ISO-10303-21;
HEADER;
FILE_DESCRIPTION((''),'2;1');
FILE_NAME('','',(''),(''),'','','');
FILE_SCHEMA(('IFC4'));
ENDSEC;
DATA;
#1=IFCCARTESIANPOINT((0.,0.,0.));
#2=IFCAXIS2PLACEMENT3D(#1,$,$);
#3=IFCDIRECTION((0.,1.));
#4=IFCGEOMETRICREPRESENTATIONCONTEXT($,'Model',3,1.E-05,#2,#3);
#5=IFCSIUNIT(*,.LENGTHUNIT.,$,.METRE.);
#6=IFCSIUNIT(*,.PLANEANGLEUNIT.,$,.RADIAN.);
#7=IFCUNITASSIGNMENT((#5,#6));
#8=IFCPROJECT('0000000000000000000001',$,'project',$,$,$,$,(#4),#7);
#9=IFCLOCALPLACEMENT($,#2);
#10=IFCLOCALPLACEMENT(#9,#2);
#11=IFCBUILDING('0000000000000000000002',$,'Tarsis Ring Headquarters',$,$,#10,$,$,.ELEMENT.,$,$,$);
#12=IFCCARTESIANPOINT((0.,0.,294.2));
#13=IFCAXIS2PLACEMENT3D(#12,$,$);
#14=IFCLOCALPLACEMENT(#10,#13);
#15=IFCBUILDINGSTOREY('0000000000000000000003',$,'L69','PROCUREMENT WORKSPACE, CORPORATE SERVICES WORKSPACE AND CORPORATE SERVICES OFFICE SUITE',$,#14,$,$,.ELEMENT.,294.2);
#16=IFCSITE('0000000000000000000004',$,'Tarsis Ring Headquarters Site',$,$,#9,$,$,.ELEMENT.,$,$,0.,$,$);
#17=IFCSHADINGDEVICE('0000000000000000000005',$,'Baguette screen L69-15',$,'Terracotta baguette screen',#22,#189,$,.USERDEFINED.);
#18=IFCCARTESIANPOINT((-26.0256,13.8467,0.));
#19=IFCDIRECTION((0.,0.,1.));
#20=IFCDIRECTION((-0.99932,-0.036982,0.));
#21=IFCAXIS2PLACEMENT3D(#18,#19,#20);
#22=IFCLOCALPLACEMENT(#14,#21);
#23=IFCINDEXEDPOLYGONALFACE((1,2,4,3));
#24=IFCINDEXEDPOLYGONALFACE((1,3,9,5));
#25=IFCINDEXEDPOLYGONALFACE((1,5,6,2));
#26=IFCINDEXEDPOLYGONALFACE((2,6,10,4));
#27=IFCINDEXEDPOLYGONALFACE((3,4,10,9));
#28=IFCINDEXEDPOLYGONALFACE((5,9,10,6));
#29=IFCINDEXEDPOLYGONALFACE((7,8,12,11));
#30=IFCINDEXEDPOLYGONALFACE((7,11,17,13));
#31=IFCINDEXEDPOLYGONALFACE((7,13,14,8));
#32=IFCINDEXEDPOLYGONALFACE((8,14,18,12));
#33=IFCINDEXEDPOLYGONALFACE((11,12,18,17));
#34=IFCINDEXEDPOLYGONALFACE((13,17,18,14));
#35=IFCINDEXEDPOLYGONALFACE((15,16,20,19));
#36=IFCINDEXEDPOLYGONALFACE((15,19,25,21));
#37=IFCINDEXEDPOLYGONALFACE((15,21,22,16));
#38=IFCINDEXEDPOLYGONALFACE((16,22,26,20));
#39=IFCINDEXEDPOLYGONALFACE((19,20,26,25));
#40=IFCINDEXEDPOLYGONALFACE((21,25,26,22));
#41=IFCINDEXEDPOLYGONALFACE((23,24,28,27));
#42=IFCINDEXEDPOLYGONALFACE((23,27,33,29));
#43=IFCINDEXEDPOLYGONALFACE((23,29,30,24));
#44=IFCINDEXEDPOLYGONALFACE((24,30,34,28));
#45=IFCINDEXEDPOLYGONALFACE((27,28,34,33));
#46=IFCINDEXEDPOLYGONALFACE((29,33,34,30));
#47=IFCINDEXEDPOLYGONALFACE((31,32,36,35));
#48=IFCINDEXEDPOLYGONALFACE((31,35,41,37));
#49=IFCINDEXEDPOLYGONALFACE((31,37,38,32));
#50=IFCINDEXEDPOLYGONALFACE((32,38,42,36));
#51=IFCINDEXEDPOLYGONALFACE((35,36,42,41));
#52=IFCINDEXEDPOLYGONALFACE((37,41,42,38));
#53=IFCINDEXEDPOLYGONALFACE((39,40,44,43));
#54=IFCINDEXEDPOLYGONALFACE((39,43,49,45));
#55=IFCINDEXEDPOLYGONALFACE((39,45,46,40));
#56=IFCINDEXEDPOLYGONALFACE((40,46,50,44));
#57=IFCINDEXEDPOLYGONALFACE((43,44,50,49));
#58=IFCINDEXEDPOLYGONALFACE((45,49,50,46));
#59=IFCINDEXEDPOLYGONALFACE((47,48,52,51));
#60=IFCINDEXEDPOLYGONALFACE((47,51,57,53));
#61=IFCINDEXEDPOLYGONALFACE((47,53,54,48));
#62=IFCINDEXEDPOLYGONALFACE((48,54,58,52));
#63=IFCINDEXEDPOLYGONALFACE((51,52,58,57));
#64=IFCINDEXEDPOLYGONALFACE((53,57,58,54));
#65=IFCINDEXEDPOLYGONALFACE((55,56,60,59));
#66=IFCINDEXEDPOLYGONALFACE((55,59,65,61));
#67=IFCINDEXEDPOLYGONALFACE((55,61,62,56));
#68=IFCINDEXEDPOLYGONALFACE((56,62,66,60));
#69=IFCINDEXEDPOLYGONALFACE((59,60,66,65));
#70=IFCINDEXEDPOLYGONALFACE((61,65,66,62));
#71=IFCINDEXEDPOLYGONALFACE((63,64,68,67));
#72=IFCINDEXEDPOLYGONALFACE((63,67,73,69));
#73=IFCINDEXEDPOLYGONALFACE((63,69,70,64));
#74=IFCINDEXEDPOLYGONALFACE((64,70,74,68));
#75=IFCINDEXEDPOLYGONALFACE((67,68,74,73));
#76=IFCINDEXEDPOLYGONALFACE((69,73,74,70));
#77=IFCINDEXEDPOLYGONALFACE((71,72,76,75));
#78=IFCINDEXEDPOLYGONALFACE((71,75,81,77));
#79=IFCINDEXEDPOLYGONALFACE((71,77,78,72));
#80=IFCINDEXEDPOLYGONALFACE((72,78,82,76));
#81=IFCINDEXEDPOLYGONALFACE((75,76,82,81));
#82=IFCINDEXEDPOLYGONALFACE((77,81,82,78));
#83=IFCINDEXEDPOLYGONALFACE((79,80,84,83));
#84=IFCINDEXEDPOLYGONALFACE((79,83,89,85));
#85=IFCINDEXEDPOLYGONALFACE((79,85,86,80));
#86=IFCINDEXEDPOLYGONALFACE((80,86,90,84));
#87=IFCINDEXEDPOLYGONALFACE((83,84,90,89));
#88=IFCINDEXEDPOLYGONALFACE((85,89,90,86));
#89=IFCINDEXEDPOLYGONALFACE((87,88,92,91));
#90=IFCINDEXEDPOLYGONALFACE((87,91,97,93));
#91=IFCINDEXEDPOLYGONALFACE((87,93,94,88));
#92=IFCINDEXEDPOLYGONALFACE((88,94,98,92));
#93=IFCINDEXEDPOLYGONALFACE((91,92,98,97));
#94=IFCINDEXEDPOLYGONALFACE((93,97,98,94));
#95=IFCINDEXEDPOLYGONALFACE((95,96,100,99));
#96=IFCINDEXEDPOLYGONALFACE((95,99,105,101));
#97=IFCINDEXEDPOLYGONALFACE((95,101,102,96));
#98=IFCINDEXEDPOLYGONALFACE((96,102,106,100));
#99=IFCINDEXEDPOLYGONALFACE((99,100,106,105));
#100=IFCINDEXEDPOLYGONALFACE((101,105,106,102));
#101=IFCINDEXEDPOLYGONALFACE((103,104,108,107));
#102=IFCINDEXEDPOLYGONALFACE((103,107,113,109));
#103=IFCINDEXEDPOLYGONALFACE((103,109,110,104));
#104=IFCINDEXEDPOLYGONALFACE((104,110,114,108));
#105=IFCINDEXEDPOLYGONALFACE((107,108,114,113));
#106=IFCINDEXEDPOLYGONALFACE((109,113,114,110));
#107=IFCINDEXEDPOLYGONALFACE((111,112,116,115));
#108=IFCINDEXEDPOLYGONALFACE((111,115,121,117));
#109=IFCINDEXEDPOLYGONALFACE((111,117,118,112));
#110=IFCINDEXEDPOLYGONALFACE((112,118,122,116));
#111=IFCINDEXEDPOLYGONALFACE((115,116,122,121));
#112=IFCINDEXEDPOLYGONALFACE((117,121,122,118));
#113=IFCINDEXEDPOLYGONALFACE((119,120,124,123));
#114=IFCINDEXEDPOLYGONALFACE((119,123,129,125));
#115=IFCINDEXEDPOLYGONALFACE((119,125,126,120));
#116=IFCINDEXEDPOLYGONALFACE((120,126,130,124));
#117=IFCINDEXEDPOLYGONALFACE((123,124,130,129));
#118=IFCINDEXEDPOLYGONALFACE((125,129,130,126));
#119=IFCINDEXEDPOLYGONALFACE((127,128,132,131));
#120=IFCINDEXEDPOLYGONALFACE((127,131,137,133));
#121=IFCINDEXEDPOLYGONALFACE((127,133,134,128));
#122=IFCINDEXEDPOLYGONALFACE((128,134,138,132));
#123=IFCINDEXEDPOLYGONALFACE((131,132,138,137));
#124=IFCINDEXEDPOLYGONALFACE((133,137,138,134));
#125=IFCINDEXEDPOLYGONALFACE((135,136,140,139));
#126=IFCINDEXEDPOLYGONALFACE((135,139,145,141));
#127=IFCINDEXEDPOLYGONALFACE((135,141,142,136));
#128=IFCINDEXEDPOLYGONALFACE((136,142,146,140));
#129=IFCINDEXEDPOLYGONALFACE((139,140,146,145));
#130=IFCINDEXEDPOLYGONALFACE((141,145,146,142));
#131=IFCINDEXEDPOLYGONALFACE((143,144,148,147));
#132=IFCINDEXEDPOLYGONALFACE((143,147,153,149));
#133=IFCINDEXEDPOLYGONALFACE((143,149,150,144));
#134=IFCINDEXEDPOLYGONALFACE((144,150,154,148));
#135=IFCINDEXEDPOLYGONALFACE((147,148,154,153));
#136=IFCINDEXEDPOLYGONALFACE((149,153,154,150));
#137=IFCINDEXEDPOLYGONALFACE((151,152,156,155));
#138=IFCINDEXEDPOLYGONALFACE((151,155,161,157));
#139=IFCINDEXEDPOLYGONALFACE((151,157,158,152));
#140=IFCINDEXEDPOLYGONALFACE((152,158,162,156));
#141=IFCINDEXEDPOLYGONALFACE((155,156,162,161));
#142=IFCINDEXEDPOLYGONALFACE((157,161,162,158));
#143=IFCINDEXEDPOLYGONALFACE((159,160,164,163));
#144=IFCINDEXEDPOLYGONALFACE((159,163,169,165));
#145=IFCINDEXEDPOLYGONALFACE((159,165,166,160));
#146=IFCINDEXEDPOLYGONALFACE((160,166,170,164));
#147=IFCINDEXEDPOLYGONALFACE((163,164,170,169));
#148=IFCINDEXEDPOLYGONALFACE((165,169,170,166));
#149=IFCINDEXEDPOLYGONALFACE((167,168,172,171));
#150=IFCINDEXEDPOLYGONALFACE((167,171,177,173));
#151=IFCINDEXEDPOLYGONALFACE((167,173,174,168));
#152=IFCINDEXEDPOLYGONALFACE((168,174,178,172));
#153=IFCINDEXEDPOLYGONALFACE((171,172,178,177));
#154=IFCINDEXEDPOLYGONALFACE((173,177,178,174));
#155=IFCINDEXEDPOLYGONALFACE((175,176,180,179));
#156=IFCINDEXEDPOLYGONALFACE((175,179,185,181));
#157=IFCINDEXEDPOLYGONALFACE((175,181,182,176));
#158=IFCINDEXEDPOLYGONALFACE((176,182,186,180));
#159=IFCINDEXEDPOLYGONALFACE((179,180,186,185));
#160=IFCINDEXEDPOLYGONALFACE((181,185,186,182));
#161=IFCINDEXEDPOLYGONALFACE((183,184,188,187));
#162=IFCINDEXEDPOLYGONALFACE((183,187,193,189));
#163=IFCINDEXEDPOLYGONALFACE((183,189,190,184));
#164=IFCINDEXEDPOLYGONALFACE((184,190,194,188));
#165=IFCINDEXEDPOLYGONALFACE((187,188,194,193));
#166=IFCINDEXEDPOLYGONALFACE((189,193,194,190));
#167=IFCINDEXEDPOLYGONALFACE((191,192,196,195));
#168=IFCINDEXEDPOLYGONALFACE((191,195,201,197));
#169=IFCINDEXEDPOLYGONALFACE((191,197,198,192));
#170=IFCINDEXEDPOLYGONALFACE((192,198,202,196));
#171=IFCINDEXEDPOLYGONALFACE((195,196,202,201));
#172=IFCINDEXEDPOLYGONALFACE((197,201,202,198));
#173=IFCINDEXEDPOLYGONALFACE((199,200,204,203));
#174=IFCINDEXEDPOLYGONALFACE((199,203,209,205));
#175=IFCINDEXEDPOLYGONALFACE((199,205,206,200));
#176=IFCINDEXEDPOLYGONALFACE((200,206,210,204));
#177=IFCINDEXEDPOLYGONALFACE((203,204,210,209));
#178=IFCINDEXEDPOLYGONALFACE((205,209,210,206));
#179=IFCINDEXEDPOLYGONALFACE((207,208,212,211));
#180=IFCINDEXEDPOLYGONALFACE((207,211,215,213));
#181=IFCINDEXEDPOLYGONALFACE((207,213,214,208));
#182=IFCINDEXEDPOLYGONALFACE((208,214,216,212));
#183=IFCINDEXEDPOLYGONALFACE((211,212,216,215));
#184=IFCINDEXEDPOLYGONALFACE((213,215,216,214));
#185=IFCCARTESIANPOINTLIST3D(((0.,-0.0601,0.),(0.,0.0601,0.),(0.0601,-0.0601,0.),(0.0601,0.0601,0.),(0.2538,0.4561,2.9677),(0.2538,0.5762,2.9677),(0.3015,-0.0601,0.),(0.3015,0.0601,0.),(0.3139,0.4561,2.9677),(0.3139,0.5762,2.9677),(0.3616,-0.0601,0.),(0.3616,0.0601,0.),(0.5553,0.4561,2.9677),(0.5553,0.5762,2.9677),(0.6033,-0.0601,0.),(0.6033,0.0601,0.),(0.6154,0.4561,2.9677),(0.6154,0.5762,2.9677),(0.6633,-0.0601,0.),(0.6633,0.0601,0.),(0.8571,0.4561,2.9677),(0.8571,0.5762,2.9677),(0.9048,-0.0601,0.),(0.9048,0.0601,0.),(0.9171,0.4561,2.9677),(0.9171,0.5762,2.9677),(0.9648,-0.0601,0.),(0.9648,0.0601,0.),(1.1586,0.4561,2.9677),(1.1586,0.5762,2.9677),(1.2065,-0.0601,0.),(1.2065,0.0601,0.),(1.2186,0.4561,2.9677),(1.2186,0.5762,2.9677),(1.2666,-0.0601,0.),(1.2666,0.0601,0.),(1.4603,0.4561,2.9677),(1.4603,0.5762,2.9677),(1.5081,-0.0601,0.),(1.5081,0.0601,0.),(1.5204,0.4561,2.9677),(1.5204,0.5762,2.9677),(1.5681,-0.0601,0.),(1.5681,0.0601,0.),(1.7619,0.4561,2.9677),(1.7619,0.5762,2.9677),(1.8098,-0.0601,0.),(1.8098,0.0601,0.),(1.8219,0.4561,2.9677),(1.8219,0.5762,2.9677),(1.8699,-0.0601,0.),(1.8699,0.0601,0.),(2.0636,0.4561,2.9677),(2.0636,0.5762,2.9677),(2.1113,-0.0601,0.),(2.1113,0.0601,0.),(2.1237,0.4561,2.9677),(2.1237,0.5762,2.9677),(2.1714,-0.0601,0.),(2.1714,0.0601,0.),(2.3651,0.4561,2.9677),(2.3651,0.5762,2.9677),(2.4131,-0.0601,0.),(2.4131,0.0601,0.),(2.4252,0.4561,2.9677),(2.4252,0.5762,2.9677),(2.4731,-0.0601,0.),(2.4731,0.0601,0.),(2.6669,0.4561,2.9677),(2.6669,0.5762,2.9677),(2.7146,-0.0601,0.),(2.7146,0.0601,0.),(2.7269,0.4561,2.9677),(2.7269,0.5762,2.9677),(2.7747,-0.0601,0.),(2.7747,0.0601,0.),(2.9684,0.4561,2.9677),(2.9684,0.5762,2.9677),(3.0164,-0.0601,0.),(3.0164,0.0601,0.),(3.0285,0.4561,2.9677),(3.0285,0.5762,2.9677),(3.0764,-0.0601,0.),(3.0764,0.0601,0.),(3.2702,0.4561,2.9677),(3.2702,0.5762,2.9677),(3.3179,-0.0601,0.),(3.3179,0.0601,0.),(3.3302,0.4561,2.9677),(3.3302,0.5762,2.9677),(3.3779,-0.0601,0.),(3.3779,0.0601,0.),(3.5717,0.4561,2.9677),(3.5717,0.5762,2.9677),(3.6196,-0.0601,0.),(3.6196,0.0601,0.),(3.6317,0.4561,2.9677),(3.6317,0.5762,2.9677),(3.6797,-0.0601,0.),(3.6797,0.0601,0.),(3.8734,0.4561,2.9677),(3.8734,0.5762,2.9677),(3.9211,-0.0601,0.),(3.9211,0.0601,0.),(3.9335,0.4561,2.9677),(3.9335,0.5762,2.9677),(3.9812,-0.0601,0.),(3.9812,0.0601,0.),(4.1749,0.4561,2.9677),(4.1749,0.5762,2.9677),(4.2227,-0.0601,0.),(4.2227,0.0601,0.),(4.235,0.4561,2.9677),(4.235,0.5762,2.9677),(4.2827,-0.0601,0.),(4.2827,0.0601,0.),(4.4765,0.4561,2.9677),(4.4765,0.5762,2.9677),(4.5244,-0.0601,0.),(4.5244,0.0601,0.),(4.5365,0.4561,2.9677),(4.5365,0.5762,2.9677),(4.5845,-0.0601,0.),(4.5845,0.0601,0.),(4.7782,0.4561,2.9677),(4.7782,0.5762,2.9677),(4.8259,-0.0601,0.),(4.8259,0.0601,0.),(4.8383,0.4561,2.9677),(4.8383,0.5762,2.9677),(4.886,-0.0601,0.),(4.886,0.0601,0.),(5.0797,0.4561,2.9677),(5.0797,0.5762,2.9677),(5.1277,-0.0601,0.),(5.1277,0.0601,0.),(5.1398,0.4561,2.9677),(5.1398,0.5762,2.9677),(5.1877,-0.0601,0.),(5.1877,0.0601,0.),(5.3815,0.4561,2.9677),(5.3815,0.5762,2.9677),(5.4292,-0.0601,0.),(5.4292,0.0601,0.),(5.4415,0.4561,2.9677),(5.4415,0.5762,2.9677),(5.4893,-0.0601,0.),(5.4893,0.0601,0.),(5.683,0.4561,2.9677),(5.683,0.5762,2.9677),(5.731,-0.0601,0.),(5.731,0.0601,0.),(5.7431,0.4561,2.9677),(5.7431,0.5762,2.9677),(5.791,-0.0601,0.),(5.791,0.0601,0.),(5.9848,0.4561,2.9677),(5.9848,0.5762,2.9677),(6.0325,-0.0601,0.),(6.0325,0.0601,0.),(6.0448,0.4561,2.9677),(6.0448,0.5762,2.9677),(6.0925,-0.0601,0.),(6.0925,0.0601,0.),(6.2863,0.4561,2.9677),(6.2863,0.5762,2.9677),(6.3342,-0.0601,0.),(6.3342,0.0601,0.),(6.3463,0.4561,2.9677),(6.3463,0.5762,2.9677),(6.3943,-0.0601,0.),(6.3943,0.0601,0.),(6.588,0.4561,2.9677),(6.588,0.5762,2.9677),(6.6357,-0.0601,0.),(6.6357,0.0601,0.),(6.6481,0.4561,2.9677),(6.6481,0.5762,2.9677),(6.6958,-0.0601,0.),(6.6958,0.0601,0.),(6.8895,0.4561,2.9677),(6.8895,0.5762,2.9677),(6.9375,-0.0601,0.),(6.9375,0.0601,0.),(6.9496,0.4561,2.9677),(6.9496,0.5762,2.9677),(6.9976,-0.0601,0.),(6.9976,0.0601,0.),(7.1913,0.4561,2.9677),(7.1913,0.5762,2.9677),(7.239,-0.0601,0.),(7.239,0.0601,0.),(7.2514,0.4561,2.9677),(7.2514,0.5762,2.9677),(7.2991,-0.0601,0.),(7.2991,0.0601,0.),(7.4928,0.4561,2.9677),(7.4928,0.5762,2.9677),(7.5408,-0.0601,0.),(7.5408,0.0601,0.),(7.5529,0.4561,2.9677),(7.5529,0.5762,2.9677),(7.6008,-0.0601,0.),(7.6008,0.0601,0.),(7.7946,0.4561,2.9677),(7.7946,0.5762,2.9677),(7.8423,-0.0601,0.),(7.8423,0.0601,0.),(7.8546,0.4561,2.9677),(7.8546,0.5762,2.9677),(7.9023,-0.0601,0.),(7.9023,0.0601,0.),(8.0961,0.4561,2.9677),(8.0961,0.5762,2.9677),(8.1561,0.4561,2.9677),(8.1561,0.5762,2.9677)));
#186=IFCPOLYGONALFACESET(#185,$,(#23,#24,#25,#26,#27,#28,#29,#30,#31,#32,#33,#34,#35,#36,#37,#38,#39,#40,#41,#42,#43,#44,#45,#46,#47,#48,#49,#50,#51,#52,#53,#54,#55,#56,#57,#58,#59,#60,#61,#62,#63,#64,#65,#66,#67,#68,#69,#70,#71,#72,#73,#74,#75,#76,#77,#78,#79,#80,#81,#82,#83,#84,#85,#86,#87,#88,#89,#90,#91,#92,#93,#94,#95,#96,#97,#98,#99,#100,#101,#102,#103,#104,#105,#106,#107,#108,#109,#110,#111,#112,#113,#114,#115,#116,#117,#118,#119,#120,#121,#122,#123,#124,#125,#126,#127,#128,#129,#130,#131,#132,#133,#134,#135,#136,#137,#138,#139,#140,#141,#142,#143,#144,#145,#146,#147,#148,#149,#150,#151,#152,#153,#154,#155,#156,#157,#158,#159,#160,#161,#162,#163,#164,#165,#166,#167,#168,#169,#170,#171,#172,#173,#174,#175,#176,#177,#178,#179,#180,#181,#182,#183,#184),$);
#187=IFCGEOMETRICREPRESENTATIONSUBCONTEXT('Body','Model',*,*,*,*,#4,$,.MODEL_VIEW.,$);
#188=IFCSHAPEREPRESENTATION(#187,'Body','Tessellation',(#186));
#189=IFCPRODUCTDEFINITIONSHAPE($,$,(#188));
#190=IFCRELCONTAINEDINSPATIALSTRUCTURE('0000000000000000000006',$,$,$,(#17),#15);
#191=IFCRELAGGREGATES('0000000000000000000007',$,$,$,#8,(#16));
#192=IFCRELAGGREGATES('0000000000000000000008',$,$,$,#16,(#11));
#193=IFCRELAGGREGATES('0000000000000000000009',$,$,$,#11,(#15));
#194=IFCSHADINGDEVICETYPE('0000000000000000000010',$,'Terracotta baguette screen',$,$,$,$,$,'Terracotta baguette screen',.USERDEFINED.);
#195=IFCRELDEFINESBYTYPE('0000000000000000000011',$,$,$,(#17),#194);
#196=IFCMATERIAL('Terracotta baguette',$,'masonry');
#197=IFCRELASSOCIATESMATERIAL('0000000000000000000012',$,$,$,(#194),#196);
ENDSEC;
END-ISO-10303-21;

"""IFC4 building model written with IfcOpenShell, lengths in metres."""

from ifc_helpers import new_model, si_unit, direction, frame, frame_2d, origin, place, context, subcontext, project, spatial, rectangle, composite_profile, extrude, material, type_object, element, save


model = new_model("IFC4")

# Units and contexts
model_context = context("Model", 3, precision=1e-05, world=origin(), true_north=direction((0.0, 1.0)))
body_context = subcontext(model_context, "Body", "Model", "MODEL_VIEW")
ifc_project = project(units=[si_unit("LENGTHUNIT", "METRE"), si_unit("PLANEANGLEUNIT", "RADIAN")], contexts=[model_context])

# Site, building, storey
site_placement = place(None, origin())
site = spatial("IfcSite", under=ifc_project, at=site_placement, Name="Tarsis Ring Headquarters Site", CompositionType="ELEMENT", RefElevation=0.0)
building_placement = place(site_placement, origin())
building = spatial("IfcBuilding", under=site, at=building_placement, Name="Tarsis Ring Headquarters", CompositionType="ELEMENT")
storey_placement = place(building_placement, frame((0.0, 0.0, 294.2)))
storey = spatial("IfcBuildingStorey", under=building, at=storey_placement, Name="L69", Description="PROCUREMENT WORKSPACE, CORPORATE SERVICES WORKSPACE AND CORPORATE SERVICES OFFICE SUITE", CompositionType="ELEMENT", Elevation=294.2)

# Shading device
ifc_material_1 = material(Name="Terracotta baguette", Category="masonry")
shading_device_type_1 = type_object("IfcShadingDeviceType", Name="Terracotta baguette screen", ElementType="Terracotta baguette screen", PredefinedType="USERDEFINED", material=ifc_material_1)
shading_device_1_placement = place(storey_placement, frame((-26.0256, 13.8467, 0.0), z_axis=(0.0, 0.0, 1.0), x_axis=(-0.99932, -0.036982, 0.0)))
element("IfcShadingDevice", 1, at=shading_device_1_placement, inside=storey, type_object=shading_device_type_1, Name="Baguette screen L69-15", ObjectType="Terracotta baguette screen", PredefinedType="USERDEFINED", context=body_context, shape_type="SweptSolid", body=[
    extrude(composite_profile([rectangle(XDim=0.0601, YDim=0.1201, at=frame_2d((0.03, 0.0))), rectangle(XDim=0.0601, YDim=0.1201, at=frame_2d((0.3315, 0.0))), rectangle(XDim=0.0601, YDim=0.1201, at=frame_2d((0.6333, 0.0))), rectangle(XDim=0.0601, YDim=0.1201, at=frame_2d((0.9348, 0.0))), rectangle(XDim=0.0601, YDim=0.1201, at=frame_2d((1.2366, 0.0))), rectangle(XDim=0.0601, YDim=0.1201, at=frame_2d((1.5381, 0.0))), rectangle(XDim=0.0601, YDim=0.1201, at=frame_2d((1.8398, 0.0))), rectangle(XDim=0.0601, YDim=0.1201, at=frame_2d((2.1414, 0.0))), rectangle(XDim=0.0601, YDim=0.1201, at=frame_2d((2.4431, 0.0))), rectangle(XDim=0.0601, YDim=0.1201, at=frame_2d((2.7446, 0.0))), rectangle(XDim=0.0601, YDim=0.1201, at=frame_2d((3.0464, 0.0))), rectangle(XDim=0.0601, YDim=0.1201, at=frame_2d((3.3479, 0.0))), rectangle(XDim=0.0601, YDim=0.1201, at=frame_2d((3.6497, 0.0))), rectangle(XDim=0.0601, YDim=0.1201, at=frame_2d((3.9512, 0.0))), rectangle(XDim=0.0601, YDim=0.1201, at=frame_2d((4.2527, 0.0))), rectangle(XDim=0.0601, YDim=0.1201, at=frame_2d((4.5544, 0.0))), rectangle(XDim=0.0601, YDim=0.1201, at=frame_2d((4.856, 0.0))), rectangle(XDim=0.0601, YDim=0.1201, at=frame_2d((5.1577, 0.0))), rectangle(XDim=0.0601, YDim=0.1201, at=frame_2d((5.4592, 0.0))), rectangle(XDim=0.0601, YDim=0.1201, at=frame_2d((5.761, 0.0))), rectangle(XDim=0.0601, YDim=0.1201, at=frame_2d((6.0625, 0.0))), rectangle(XDim=0.0601, YDim=0.1201, at=frame_2d((6.3643, 0.0))), rectangle(XDim=0.0601, YDim=0.1201, at=frame_2d((6.6658, 0.0))), rectangle(XDim=0.0601, YDim=0.1201, at=frame_2d((6.9675, 0.0))), rectangle(XDim=0.0601, YDim=0.1201, at=frame_2d((7.269, 0.0))), rectangle(XDim=0.0601, YDim=0.1201, at=frame_2d((7.5708, 0.0))), rectangle(XDim=0.0601, YDim=0.1201, at=frame_2d((7.8723, 0.0)))]), origin(), (0.083959, 0.170749, 0.981731), 3.0229),
])

save(model, "model.ifc")
